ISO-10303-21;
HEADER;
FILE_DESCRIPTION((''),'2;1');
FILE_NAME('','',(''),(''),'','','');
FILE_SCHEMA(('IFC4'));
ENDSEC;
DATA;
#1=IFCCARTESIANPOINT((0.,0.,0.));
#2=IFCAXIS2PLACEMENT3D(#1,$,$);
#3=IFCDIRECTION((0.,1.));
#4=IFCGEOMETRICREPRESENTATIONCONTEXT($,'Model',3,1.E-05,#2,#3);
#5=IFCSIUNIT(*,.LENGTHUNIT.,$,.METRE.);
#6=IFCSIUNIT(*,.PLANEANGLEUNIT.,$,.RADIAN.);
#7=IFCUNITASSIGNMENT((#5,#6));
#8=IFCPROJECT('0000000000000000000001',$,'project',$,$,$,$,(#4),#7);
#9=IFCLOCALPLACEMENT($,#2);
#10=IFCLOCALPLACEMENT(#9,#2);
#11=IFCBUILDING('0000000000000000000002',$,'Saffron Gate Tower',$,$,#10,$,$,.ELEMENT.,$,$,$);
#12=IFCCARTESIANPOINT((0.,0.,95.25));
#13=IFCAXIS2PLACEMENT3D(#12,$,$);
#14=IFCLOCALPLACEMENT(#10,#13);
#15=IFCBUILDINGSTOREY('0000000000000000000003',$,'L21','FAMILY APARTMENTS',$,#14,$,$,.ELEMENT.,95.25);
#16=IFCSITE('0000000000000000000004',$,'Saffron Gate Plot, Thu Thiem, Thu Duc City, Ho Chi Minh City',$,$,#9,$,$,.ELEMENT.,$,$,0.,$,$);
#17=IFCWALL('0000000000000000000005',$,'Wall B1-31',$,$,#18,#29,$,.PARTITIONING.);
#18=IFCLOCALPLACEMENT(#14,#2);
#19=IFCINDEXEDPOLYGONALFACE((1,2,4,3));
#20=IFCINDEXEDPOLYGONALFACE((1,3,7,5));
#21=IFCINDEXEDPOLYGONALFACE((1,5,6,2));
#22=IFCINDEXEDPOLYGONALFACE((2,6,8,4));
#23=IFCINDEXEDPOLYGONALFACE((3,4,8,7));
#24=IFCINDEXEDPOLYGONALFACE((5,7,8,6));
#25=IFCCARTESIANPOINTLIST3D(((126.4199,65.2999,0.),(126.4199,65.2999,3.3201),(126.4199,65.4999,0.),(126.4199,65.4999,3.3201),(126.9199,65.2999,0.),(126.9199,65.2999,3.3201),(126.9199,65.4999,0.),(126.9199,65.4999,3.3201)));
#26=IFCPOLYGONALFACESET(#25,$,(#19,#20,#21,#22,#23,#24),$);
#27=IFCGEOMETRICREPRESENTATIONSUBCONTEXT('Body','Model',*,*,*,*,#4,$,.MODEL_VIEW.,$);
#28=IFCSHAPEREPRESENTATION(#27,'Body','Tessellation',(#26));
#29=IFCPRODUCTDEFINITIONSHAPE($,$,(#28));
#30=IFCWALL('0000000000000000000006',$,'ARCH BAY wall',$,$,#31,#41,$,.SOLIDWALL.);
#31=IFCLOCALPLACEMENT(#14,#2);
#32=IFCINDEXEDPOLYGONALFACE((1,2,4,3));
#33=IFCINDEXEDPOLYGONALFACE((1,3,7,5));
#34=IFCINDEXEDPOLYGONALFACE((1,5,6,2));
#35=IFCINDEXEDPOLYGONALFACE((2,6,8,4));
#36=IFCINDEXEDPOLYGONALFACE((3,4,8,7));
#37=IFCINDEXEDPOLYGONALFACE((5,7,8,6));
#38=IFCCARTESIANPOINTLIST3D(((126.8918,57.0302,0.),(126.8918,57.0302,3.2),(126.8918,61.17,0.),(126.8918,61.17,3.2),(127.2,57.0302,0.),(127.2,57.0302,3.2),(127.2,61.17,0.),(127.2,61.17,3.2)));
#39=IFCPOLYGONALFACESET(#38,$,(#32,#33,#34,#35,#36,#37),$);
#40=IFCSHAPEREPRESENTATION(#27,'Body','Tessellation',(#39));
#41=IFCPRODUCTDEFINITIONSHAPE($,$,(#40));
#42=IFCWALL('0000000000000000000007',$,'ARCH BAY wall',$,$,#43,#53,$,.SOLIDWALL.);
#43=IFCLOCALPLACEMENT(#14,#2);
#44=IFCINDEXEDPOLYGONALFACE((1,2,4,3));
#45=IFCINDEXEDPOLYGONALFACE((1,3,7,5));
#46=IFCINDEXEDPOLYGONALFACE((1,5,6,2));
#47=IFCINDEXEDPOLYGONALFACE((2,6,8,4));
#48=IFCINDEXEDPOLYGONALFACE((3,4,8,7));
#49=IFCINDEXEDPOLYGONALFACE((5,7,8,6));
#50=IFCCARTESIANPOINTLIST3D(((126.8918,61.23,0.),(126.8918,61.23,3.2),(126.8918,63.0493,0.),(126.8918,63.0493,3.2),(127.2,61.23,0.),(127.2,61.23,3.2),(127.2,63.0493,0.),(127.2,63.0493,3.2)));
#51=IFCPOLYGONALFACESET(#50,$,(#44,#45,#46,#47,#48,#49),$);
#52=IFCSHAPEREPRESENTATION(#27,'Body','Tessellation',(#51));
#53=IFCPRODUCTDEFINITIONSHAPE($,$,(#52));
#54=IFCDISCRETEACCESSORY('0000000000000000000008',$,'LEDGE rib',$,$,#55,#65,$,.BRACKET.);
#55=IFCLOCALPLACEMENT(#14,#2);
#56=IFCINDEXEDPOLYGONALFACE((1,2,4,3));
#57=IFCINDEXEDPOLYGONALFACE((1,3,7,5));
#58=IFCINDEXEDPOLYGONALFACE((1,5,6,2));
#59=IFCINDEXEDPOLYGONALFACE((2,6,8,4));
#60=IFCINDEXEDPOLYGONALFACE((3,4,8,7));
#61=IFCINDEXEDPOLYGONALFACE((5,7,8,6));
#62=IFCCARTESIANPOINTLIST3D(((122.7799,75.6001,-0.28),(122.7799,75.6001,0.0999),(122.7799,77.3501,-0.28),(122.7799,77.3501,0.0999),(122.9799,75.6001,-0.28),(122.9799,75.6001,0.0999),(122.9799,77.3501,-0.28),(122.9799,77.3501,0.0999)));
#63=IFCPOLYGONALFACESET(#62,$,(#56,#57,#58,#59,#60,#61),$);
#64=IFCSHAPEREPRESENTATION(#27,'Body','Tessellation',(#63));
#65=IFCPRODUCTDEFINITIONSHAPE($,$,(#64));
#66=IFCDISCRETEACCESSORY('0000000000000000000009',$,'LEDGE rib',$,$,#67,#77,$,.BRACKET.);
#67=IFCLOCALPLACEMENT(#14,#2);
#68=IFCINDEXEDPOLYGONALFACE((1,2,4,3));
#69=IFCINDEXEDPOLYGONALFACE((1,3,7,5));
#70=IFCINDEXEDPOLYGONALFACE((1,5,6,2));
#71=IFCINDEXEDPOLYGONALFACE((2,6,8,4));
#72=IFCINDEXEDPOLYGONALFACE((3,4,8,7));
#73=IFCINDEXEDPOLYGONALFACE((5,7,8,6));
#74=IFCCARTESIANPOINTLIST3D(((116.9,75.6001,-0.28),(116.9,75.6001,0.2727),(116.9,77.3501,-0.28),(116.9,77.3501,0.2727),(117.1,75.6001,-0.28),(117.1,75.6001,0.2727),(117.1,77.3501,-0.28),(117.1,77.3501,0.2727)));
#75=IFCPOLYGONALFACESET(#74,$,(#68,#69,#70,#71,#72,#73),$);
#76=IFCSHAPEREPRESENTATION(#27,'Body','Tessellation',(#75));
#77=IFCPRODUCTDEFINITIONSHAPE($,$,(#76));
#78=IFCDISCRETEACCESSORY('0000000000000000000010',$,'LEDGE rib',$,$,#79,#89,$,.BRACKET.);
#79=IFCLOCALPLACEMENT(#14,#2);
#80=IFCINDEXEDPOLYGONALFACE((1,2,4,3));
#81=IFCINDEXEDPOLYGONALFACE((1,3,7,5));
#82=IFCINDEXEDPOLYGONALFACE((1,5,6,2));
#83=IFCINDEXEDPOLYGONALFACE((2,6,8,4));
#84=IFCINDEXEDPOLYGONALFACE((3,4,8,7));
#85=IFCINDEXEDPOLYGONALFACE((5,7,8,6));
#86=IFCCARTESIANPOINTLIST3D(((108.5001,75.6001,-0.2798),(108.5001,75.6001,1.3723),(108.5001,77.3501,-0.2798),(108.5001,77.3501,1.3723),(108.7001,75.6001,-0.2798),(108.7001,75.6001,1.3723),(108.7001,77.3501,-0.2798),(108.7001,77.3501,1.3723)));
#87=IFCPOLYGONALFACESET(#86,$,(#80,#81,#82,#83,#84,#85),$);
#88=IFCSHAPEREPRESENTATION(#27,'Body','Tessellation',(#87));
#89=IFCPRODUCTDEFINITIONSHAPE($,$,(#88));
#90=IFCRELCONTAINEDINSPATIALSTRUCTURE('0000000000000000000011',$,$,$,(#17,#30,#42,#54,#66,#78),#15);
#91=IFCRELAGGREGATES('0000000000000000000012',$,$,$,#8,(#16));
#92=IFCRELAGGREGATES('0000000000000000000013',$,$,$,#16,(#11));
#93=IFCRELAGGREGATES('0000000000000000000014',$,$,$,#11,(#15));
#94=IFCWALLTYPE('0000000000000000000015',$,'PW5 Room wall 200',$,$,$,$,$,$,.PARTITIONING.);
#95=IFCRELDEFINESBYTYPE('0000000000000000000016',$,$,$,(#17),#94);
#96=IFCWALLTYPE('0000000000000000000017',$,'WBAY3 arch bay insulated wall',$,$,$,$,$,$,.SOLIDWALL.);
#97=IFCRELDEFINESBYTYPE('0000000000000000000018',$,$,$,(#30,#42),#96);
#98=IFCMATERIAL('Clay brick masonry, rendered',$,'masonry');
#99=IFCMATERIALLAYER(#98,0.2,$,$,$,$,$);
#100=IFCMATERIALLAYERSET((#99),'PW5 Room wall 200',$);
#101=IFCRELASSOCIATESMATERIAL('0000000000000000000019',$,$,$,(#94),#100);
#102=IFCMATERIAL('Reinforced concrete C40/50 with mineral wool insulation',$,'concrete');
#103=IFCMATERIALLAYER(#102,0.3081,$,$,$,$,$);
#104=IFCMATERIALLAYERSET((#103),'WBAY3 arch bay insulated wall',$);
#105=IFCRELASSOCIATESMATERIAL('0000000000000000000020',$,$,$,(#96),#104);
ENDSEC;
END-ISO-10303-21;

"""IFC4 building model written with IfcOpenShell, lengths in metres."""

from ifc_helpers import new_model, si_unit, direction, frame, frame_2d, origin, origin_2d, place, context, subcontext, project, spatial, rectangle, extrude, material, layer, layer_set, type_object, element, save


model = new_model("IFC4")

# Units and contexts
model_context = context("Model", 3, precision=1e-05, world=origin(), true_north=direction((0.0, 1.0)))
body_context = subcontext(model_context, "Body", "Model", "MODEL_VIEW")
ifc_project = project(units=[si_unit("LENGTHUNIT", "METRE"), si_unit("PLANEANGLEUNIT", "RADIAN")], contexts=[model_context])

# Site, building, storey
site_placement = place(None, origin())
site = spatial("IfcSite", under=ifc_project, at=site_placement, Name="Saffron Gate Plot, Thu Thiem, Thu Duc City, Ho Chi Minh City", CompositionType="ELEMENT", RefElevation=0.0)
building_placement = place(site_placement, origin())
building = spatial("IfcBuilding", under=site, at=building_placement, Name="Saffron Gate Tower", CompositionType="ELEMENT")
storey_placement = place(building_placement, frame((0.0, 0.0, 95.25)))
storey = spatial("IfcBuildingStorey", under=building, at=storey_placement, Name="L21", Description="FAMILY APARTMENTS", CompositionType="ELEMENT", Elevation=95.25)

# Shared definitions
ifc_material_1 = material(Name="Clay brick masonry, rendered", Category="masonry")

# Walls
ifc_layer_1 = layer(ifc_material_1, 0.2)
ifc_layer_set_1 = layer_set([ifc_layer_1], Name="PW5 Room wall 200")
wall_type_1 = type_object("IfcWallType", Name="PW5 Room wall 200", PredefinedType="PARTITIONING", material=ifc_layer_set_1)
wall_1_placement = place(storey_placement, frame((126.4199, 65.3999, 0.0), z_axis=(0.0, 0.0, 1.0), x_axis=(1.0, 0.0, 0.0)))
element("IfcWall", 1, at=wall_1_placement, inside=storey, type_object=wall_type_1, Name="Wall B1-31", PredefinedType="PARTITIONING", context=body_context, shape_type="SweptSolid", body=[
    extrude(rectangle(XDim=0.5, YDim=0.2, at=frame_2d((0.25, 0.0))), origin(), (0.0, 0.0, 1.0), 3.3201),
])
ifc_material_2 = material(Name="Reinforced concrete C40/50 with mineral wool insulation", Category="concrete")
ifc_layer_2 = layer(ifc_material_2, 0.3081)
ifc_layer_set_2 = layer_set([ifc_layer_2], Name="WBAY3 arch bay insulated wall")
wall_type_2 = type_object("IfcWallType", Name="WBAY3 arch bay insulated wall", PredefinedType="SOLIDWALL", material=ifc_layer_set_2)
wall_2_placement = place(storey_placement, frame((127.0459, 61.1699, 0.0), z_axis=(0.0, 0.0, 1.0), x_axis=(0.0, -1.0, 0.0)))
element("IfcWall", 2, at=wall_2_placement, inside=storey, type_object=wall_type_2, Name="ARCH BAY wall", PredefinedType="SOLIDWALL", context=body_context, shape_type="SweptSolid", body=[
    extrude(rectangle(XDim=4.1399, YDim=0.3081, at=frame_2d((2.0698, 0.0))), origin(), (0.0, 0.0, 1.0), 3.2),
])
wall_3_placement = place(storey_placement, frame((127.0459, 63.0493, 0.0), z_axis=(0.0, 0.0, 1.0), x_axis=(0.0, -1.0, 0.0)))
element("IfcWall", 3, at=wall_3_placement, inside=storey, type_object=wall_type_2, Name="ARCH BAY wall", PredefinedType="SOLIDWALL", context=body_context, shape_type="SweptSolid", body=[
    extrude(rectangle(XDim=1.8193, YDim=0.3081, at=frame_2d((0.9097, 0.0))), origin(), (0.0, 0.0, 1.0), 3.2),
])

# Discrete accessories
discrete_accessory_1_placement = place(storey_placement, frame((122.8799, 76.4751, -0.28), z_axis=(0.0, 0.0, 1.0), x_axis=(-1.0, 0.0, 0.0)))
element("IfcDiscreteAccessory", 4, at=discrete_accessory_1_placement, inside=storey, Name="LEDGE rib", PredefinedType="BRACKET", context=body_context, shape_type="SweptSolid", body=[
    extrude(rectangle(XDim=0.2, YDim=1.75, at=origin_2d()), origin(), (0.0, 0.0, 1.0), 0.3799),
])
discrete_accessory_2_placement = place(storey_placement, frame((117.0, 76.4751, -0.28), z_axis=(0.0, 0.0, 1.0), x_axis=(-1.0, 0.0, 0.0)))
element("IfcDiscreteAccessory", 5, at=discrete_accessory_2_placement, inside=storey, Name="LEDGE rib", PredefinedType="BRACKET", context=body_context, shape_type="SweptSolid", body=[
    extrude(rectangle(XDim=0.2, YDim=1.75, at=origin_2d()), origin(), (0.0, 0.0, 1.0), 0.5527),
])
discrete_accessory_3_placement = place(storey_placement, frame((108.6001, 76.4751, -0.2798), z_axis=(0.0, 0.0, 1.0), x_axis=(-1.0, 0.0, 0.0)))
element("IfcDiscreteAccessory", 6, at=discrete_accessory_3_placement, inside=storey, Name="LEDGE rib", PredefinedType="BRACKET", context=body_context, shape_type="SweptSolid", body=[
    extrude(rectangle(XDim=0.2, YDim=1.75, at=origin_2d()), origin(), (0.0, 0.0, 1.0), 1.6521),
])

save(model, "model.ifc")
